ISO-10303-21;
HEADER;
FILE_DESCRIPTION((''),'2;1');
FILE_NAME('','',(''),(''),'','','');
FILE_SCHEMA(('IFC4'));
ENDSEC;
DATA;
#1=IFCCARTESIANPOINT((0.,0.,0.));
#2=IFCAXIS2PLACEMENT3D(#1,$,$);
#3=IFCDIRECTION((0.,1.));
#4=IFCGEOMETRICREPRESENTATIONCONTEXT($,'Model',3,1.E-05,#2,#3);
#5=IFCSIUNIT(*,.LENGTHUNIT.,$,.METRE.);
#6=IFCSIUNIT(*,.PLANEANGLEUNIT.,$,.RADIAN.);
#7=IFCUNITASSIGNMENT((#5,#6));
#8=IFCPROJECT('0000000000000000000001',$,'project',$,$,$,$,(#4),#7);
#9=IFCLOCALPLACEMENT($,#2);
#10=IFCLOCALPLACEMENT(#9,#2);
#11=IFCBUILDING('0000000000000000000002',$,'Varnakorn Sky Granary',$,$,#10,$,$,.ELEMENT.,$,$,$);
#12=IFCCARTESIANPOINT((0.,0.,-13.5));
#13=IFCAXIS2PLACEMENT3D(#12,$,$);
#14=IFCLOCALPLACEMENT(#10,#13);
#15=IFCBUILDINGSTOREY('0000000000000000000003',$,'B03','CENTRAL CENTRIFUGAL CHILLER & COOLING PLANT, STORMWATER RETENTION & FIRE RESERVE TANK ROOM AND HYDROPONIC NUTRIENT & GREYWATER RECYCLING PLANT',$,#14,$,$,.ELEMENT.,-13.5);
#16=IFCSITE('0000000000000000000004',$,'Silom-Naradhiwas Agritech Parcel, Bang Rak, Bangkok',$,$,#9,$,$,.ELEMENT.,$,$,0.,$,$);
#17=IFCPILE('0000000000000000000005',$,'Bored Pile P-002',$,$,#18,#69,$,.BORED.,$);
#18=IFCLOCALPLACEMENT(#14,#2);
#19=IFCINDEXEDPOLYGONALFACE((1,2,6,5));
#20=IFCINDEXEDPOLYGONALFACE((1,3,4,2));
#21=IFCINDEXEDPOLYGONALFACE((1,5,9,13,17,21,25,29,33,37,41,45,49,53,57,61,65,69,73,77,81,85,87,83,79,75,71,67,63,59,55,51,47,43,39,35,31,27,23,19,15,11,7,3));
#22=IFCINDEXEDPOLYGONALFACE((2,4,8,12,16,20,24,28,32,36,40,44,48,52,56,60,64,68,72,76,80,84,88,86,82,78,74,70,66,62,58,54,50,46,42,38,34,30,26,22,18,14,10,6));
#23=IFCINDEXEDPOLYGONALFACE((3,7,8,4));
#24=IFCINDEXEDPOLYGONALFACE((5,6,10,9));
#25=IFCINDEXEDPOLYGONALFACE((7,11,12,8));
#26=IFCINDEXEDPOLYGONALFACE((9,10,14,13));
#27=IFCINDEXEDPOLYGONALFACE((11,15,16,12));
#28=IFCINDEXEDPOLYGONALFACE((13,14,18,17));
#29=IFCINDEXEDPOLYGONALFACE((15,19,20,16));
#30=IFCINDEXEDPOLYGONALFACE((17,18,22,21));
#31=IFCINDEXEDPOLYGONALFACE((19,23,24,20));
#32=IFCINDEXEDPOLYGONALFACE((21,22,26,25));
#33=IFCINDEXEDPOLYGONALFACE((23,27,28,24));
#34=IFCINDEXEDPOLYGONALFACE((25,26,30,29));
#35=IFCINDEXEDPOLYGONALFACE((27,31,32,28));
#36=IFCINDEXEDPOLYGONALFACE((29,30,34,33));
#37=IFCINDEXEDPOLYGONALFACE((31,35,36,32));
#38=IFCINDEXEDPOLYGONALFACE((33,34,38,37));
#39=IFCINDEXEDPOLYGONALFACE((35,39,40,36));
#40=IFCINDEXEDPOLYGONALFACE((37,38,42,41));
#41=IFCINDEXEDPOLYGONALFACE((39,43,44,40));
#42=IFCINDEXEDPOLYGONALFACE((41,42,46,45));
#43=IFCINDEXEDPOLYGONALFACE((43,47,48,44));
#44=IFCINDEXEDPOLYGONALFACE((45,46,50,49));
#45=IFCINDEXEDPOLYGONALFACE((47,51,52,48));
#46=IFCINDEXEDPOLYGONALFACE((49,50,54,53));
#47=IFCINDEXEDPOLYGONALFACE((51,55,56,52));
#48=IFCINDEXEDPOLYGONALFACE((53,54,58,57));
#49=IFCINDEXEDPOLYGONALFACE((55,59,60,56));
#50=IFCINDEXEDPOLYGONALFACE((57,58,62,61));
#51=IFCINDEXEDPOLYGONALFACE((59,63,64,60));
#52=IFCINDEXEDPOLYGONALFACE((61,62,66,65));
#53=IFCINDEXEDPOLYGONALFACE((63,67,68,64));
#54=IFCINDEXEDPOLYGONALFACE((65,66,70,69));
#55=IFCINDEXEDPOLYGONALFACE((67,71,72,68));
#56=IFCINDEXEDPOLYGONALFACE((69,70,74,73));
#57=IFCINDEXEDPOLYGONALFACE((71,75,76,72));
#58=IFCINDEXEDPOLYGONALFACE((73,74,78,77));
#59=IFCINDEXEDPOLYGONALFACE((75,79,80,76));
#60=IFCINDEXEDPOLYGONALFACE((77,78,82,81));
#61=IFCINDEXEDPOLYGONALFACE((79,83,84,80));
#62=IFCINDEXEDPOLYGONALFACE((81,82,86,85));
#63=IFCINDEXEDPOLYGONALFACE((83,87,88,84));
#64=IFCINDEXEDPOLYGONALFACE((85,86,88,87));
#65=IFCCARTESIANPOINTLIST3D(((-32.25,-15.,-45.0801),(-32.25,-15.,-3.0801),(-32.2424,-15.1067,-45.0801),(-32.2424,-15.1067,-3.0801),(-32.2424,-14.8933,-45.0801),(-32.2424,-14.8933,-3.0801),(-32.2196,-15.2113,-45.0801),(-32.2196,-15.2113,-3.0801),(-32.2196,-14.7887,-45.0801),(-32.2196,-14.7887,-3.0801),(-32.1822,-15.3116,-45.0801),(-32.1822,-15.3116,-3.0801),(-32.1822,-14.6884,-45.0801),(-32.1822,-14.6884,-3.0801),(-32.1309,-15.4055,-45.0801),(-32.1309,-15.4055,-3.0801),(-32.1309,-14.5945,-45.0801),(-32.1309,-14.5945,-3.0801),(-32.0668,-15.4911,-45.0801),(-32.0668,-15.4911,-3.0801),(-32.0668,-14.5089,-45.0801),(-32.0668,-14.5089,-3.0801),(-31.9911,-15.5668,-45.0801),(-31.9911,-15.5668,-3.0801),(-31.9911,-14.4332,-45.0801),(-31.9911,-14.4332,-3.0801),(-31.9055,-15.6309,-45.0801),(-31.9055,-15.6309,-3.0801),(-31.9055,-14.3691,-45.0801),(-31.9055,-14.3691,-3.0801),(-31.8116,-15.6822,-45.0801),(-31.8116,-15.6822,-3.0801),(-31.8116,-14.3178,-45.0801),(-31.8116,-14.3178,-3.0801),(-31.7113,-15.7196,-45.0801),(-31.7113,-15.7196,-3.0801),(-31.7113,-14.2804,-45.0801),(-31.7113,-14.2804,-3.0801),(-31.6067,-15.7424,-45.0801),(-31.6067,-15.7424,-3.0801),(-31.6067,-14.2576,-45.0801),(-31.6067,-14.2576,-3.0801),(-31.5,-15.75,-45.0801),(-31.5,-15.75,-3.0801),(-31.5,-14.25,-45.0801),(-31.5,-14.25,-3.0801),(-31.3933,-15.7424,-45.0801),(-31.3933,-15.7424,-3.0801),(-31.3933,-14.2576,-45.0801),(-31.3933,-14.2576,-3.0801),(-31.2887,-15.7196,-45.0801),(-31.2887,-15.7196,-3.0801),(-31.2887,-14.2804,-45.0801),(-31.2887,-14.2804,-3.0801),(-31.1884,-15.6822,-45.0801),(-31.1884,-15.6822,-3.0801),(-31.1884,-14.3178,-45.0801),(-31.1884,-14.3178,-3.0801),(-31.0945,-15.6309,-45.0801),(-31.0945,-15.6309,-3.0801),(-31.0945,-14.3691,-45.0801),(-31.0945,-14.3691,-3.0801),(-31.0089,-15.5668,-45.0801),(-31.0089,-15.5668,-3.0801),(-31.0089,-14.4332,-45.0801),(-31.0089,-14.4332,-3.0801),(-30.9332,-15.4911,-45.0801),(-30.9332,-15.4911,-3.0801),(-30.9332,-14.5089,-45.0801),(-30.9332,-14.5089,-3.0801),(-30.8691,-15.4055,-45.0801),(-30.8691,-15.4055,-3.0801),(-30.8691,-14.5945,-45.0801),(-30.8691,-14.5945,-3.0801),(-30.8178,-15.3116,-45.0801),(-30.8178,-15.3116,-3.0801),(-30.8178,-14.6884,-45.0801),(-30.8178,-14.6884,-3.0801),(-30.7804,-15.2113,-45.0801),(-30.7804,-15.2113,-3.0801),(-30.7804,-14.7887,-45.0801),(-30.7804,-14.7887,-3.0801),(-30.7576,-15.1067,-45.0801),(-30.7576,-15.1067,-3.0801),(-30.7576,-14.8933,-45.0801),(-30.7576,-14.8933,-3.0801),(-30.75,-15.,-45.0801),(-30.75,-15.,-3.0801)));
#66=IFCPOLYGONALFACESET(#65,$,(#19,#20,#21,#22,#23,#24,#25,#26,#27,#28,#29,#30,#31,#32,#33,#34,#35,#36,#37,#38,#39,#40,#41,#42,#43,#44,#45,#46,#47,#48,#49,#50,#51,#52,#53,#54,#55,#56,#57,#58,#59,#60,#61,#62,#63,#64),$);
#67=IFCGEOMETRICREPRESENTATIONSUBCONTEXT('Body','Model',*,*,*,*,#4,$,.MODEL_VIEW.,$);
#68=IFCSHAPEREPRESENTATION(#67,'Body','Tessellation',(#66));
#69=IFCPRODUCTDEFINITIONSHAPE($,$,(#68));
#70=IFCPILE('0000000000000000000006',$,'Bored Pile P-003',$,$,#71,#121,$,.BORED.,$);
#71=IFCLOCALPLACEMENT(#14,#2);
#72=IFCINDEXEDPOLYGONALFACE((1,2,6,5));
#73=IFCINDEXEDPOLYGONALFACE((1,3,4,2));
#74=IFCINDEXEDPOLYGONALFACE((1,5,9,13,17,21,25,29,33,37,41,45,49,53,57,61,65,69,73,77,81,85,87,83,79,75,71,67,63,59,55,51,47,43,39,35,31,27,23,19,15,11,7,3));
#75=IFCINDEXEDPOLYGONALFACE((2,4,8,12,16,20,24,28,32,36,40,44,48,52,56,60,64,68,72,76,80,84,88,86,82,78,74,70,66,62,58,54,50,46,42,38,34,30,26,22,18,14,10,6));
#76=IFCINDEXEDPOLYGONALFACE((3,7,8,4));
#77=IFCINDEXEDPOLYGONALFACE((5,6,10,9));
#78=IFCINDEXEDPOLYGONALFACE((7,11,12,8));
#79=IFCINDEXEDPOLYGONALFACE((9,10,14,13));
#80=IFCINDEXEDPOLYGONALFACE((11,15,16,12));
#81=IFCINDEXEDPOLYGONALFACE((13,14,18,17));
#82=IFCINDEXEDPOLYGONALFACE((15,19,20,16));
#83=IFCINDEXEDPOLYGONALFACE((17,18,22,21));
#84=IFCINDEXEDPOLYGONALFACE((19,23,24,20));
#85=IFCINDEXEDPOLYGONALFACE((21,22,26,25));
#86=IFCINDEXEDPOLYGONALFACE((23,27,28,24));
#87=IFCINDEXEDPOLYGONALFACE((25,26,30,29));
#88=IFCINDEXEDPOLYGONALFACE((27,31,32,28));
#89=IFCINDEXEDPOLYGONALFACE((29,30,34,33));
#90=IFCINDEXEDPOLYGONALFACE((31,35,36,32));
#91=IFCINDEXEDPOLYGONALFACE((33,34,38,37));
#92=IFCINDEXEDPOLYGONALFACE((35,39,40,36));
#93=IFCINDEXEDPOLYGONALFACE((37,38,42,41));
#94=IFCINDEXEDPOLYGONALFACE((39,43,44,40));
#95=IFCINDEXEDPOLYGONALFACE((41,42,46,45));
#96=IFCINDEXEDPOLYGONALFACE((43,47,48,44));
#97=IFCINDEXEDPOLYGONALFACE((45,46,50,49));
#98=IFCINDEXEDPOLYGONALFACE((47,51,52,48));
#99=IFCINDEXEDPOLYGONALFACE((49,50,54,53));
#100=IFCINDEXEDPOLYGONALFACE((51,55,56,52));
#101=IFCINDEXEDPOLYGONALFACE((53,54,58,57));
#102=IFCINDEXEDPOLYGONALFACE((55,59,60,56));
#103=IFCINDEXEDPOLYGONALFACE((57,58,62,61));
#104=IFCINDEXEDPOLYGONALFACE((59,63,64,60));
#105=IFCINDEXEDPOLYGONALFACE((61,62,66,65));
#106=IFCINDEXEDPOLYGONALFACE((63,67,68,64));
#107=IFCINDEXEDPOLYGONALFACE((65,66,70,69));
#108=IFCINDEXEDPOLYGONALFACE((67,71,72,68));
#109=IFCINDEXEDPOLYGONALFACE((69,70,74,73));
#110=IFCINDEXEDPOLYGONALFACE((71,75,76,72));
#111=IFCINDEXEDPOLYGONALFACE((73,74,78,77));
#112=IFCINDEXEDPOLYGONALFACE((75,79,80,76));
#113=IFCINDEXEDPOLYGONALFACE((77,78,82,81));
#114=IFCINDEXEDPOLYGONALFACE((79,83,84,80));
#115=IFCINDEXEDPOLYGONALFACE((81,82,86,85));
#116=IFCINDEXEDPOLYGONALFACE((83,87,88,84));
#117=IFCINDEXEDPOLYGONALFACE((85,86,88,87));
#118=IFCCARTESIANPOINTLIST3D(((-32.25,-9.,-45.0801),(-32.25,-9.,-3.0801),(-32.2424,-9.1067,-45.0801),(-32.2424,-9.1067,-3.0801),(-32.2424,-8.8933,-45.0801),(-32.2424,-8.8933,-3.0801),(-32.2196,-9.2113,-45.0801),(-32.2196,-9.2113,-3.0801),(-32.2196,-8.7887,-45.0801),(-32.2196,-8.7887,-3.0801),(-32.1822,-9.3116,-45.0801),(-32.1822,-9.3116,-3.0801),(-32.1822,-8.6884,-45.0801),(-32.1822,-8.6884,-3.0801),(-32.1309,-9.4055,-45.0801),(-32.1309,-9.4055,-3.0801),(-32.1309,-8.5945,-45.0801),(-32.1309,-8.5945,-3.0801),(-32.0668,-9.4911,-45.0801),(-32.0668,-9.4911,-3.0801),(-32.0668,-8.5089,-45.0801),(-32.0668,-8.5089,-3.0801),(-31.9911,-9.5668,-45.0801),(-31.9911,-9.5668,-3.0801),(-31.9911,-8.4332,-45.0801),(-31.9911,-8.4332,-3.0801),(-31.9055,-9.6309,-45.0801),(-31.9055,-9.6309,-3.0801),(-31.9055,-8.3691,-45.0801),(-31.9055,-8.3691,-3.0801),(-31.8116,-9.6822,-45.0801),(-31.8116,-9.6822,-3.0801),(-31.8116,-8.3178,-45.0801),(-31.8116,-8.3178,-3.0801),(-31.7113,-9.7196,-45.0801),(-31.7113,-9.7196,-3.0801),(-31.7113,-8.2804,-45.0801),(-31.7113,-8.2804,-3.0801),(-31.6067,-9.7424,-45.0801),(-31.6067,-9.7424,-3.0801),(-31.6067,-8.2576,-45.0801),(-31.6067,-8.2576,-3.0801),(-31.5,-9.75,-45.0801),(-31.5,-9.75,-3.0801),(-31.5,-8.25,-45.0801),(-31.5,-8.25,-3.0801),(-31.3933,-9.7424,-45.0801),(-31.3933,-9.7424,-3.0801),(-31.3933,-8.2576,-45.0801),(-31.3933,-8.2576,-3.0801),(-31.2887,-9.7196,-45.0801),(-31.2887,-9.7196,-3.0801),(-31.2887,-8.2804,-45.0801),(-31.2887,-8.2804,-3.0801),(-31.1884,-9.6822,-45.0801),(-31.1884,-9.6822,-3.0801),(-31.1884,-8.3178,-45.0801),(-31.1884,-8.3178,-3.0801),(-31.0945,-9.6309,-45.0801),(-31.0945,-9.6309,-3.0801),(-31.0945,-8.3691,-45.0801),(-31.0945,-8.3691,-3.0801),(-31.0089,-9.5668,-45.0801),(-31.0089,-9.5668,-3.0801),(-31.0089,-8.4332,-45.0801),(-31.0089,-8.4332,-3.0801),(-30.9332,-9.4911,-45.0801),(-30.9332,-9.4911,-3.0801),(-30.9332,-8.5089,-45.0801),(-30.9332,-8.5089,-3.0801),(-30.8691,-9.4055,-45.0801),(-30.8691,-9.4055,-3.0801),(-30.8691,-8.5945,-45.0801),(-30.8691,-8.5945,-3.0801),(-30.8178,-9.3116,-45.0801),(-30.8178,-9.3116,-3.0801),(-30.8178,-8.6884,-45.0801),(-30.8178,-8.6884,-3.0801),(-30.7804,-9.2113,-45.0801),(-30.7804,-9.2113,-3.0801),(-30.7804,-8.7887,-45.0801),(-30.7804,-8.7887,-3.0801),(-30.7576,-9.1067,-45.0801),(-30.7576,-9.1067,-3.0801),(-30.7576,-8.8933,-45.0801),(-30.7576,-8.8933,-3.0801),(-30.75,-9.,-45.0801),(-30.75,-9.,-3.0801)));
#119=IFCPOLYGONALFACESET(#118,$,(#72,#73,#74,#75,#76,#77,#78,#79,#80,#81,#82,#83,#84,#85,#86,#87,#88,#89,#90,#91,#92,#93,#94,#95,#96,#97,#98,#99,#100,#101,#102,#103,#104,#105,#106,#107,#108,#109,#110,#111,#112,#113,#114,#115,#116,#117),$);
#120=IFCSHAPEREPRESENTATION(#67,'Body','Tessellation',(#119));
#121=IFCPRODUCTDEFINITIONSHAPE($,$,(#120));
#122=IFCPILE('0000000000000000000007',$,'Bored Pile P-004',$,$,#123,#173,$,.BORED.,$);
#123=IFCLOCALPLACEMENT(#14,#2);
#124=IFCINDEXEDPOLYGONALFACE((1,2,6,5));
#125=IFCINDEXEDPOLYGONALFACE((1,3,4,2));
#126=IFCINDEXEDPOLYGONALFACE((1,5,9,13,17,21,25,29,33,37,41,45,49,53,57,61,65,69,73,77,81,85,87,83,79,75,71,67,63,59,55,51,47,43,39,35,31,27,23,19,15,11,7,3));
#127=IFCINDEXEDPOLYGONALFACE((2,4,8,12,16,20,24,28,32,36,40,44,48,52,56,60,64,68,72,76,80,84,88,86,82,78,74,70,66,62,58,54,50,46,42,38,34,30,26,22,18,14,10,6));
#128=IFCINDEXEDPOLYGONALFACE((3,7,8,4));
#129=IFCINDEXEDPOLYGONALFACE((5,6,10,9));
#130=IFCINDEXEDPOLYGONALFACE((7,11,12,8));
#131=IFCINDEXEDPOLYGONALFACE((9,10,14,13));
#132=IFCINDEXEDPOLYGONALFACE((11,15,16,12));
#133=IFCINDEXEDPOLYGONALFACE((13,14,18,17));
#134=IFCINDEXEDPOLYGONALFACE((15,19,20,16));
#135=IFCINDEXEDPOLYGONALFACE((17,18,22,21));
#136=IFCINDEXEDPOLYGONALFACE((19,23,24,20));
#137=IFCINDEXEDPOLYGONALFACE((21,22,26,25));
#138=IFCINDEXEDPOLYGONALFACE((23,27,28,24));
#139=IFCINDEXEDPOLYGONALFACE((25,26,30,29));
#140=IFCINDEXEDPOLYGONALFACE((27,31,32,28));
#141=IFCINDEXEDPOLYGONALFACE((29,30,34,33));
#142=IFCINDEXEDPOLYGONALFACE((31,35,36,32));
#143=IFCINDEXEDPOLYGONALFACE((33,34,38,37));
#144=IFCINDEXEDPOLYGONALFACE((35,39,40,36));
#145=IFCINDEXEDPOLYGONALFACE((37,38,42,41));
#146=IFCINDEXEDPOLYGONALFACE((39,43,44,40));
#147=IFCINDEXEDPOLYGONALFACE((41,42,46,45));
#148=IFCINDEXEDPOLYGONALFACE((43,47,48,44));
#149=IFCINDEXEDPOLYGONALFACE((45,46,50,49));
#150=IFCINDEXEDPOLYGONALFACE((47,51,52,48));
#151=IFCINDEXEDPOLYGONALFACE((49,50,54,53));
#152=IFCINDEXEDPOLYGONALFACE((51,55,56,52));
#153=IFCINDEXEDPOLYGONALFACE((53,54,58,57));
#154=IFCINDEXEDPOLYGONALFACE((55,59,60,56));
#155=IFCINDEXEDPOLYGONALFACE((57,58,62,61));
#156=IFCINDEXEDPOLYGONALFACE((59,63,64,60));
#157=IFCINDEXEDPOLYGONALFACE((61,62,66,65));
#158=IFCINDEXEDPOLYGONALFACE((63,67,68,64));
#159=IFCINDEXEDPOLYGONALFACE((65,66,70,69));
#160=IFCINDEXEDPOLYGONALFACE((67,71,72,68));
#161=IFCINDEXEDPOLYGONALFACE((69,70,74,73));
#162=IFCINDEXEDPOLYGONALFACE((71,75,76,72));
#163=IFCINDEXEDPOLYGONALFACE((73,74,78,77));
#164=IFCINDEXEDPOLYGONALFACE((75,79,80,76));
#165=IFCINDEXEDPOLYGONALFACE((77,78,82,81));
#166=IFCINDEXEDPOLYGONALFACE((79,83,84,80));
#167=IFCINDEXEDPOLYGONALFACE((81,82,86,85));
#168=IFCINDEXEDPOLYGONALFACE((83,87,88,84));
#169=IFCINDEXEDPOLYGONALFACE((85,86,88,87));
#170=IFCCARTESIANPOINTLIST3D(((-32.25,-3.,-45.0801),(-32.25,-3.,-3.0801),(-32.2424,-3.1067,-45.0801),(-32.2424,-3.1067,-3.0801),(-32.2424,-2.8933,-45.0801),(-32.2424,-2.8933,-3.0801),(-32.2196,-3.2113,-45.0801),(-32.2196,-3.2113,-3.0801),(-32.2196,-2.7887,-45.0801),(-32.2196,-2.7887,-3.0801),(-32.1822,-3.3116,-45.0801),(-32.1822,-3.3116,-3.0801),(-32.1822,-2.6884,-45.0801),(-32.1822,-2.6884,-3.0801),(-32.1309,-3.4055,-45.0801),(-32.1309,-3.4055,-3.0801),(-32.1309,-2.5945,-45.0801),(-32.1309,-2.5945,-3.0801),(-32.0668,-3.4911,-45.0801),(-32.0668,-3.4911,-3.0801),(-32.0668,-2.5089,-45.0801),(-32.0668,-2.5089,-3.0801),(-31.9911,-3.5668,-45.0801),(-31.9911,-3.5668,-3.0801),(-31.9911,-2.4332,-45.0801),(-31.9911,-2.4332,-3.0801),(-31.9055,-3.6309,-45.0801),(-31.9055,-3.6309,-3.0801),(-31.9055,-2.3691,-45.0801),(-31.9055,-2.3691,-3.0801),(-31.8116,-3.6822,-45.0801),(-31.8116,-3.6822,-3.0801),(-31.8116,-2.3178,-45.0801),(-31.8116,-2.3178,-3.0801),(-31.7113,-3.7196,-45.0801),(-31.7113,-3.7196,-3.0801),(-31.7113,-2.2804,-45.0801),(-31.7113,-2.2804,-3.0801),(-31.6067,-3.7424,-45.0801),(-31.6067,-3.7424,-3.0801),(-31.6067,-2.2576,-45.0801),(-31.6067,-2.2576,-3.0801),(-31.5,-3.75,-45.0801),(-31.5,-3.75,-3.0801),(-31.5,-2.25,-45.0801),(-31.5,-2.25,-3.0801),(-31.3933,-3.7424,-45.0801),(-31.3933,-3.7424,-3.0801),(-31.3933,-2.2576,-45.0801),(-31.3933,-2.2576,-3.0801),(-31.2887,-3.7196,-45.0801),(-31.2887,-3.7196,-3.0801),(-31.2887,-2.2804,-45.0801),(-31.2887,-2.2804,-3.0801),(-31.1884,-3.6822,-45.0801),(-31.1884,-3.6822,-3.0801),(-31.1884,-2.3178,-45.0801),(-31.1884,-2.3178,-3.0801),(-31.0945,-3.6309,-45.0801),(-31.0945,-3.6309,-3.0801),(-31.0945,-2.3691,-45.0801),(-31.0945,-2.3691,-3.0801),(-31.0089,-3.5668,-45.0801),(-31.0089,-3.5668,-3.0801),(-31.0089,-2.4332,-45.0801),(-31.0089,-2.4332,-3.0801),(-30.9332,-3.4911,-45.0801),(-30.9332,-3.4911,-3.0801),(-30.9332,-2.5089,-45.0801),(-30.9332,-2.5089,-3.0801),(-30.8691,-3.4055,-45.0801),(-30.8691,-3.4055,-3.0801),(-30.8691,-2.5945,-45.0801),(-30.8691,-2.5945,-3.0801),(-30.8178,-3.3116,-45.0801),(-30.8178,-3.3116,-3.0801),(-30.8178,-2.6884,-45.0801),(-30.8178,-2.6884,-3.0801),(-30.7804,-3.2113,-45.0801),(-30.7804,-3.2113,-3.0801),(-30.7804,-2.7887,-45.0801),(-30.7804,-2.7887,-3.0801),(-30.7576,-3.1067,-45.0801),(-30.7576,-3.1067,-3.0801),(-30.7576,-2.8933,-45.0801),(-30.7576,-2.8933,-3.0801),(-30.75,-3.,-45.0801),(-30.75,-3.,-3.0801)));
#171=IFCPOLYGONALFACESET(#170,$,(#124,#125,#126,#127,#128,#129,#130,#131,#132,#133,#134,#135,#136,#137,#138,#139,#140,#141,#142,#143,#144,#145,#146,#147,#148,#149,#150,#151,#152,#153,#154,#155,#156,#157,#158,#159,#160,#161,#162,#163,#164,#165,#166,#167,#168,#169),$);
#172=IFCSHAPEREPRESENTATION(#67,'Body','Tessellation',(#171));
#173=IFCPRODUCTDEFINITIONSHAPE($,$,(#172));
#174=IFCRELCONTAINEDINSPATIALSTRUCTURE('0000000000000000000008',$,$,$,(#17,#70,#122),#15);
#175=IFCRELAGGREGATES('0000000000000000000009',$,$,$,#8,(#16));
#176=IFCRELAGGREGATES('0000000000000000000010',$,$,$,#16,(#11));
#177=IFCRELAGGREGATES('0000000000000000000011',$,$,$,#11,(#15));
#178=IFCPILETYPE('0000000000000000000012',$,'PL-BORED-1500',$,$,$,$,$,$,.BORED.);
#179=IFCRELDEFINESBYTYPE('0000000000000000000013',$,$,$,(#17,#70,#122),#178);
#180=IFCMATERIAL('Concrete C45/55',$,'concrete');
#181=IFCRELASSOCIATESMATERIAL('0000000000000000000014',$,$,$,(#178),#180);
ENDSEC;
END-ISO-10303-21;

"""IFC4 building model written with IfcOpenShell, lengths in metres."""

from ifc_helpers import new_model, si_unit, direction, frame, origin, origin_2d, place, context, subcontext, project, spatial, circle, extrude, material, material_profile, profile_set, type_object, element, save


model = new_model("IFC4")

# Units and contexts
model_context = context("Model", 3, precision=1e-05, world=origin(), true_north=direction((0.0, 1.0)))
body_context = subcontext(model_context, "Body", "Model", "MODEL_VIEW")
ifc_project = project(units=[si_unit("LENGTHUNIT", "METRE"), si_unit("PLANEANGLEUNIT", "RADIAN")], contexts=[model_context])

# Site, building, storey
site_placement = place(None, origin())
site = spatial("IfcSite", under=ifc_project, at=site_placement, Name="Silom-Naradhiwas Agritech Parcel, Bang Rak, Bangkok", CompositionType="ELEMENT", RefElevation=0.0)
building_placement = place(site_placement, origin())
building = spatial("IfcBuilding", under=site, at=building_placement, Name="Varnakorn Sky Granary", CompositionType="ELEMENT")
storey_placement = place(building_placement, frame((0.0, 0.0, -13.5)))
storey = spatial("IfcBuildingStorey", under=building, at=storey_placement, Name="B03", Description="CENTRAL CENTRIFUGAL CHILLER & COOLING PLANT, STORMWATER RETENTION & FIRE RESERVE TANK ROOM AND HYDROPONIC NUTRIENT & GREYWATER RECYCLING PLANT", CompositionType="ELEMENT", Elevation=-13.5)

# Piles
ifc_material_1 = material(Name="Concrete C45/55", Category="concrete")
ifc_material_profile_1 = material_profile(ifc_material_1, circle(Radius=0.75, at=origin_2d()), Name="PILE D1500")
ifc_profile_set_1 = profile_set([ifc_material_profile_1], Name="Concrete C45/55")
pile_type = type_object("IfcPileType", Name="PL-BORED-1500", PredefinedType="BORED", material=ifc_profile_set_1)
for number, where, z_axis, x_axis, name in (
    (1, (-31.5, -15.0, -3.0801), (0.0, 0.0, -1.0), (1.0, 0.0, 0.0), "Bored Pile P-002"),
    (2, (-31.5, -9.0, -3.0801), (0.0, 0.0, -1.0), (1.0, 0.0, 0.0), "Bored Pile P-003"),
    (3, (-31.5, -3.0, -3.0801), (0.0, 0.0, -1.0), (1.0, 0.0, 0.0), "Bored Pile P-004"),
):
    element("IfcPile", number, at=place(storey_placement, frame(where, z_axis=z_axis, x_axis=x_axis)), inside=storey, type_object=pile_type, Name=name, PredefinedType="BORED", context=body_context, shape_type="SweptSolid", body=[
        extrude(circle(Radius=0.75, at=origin_2d()), origin(), (0.0, 0.0, 1.0), 42.0),
    ])

save(model, "model.ifc")
